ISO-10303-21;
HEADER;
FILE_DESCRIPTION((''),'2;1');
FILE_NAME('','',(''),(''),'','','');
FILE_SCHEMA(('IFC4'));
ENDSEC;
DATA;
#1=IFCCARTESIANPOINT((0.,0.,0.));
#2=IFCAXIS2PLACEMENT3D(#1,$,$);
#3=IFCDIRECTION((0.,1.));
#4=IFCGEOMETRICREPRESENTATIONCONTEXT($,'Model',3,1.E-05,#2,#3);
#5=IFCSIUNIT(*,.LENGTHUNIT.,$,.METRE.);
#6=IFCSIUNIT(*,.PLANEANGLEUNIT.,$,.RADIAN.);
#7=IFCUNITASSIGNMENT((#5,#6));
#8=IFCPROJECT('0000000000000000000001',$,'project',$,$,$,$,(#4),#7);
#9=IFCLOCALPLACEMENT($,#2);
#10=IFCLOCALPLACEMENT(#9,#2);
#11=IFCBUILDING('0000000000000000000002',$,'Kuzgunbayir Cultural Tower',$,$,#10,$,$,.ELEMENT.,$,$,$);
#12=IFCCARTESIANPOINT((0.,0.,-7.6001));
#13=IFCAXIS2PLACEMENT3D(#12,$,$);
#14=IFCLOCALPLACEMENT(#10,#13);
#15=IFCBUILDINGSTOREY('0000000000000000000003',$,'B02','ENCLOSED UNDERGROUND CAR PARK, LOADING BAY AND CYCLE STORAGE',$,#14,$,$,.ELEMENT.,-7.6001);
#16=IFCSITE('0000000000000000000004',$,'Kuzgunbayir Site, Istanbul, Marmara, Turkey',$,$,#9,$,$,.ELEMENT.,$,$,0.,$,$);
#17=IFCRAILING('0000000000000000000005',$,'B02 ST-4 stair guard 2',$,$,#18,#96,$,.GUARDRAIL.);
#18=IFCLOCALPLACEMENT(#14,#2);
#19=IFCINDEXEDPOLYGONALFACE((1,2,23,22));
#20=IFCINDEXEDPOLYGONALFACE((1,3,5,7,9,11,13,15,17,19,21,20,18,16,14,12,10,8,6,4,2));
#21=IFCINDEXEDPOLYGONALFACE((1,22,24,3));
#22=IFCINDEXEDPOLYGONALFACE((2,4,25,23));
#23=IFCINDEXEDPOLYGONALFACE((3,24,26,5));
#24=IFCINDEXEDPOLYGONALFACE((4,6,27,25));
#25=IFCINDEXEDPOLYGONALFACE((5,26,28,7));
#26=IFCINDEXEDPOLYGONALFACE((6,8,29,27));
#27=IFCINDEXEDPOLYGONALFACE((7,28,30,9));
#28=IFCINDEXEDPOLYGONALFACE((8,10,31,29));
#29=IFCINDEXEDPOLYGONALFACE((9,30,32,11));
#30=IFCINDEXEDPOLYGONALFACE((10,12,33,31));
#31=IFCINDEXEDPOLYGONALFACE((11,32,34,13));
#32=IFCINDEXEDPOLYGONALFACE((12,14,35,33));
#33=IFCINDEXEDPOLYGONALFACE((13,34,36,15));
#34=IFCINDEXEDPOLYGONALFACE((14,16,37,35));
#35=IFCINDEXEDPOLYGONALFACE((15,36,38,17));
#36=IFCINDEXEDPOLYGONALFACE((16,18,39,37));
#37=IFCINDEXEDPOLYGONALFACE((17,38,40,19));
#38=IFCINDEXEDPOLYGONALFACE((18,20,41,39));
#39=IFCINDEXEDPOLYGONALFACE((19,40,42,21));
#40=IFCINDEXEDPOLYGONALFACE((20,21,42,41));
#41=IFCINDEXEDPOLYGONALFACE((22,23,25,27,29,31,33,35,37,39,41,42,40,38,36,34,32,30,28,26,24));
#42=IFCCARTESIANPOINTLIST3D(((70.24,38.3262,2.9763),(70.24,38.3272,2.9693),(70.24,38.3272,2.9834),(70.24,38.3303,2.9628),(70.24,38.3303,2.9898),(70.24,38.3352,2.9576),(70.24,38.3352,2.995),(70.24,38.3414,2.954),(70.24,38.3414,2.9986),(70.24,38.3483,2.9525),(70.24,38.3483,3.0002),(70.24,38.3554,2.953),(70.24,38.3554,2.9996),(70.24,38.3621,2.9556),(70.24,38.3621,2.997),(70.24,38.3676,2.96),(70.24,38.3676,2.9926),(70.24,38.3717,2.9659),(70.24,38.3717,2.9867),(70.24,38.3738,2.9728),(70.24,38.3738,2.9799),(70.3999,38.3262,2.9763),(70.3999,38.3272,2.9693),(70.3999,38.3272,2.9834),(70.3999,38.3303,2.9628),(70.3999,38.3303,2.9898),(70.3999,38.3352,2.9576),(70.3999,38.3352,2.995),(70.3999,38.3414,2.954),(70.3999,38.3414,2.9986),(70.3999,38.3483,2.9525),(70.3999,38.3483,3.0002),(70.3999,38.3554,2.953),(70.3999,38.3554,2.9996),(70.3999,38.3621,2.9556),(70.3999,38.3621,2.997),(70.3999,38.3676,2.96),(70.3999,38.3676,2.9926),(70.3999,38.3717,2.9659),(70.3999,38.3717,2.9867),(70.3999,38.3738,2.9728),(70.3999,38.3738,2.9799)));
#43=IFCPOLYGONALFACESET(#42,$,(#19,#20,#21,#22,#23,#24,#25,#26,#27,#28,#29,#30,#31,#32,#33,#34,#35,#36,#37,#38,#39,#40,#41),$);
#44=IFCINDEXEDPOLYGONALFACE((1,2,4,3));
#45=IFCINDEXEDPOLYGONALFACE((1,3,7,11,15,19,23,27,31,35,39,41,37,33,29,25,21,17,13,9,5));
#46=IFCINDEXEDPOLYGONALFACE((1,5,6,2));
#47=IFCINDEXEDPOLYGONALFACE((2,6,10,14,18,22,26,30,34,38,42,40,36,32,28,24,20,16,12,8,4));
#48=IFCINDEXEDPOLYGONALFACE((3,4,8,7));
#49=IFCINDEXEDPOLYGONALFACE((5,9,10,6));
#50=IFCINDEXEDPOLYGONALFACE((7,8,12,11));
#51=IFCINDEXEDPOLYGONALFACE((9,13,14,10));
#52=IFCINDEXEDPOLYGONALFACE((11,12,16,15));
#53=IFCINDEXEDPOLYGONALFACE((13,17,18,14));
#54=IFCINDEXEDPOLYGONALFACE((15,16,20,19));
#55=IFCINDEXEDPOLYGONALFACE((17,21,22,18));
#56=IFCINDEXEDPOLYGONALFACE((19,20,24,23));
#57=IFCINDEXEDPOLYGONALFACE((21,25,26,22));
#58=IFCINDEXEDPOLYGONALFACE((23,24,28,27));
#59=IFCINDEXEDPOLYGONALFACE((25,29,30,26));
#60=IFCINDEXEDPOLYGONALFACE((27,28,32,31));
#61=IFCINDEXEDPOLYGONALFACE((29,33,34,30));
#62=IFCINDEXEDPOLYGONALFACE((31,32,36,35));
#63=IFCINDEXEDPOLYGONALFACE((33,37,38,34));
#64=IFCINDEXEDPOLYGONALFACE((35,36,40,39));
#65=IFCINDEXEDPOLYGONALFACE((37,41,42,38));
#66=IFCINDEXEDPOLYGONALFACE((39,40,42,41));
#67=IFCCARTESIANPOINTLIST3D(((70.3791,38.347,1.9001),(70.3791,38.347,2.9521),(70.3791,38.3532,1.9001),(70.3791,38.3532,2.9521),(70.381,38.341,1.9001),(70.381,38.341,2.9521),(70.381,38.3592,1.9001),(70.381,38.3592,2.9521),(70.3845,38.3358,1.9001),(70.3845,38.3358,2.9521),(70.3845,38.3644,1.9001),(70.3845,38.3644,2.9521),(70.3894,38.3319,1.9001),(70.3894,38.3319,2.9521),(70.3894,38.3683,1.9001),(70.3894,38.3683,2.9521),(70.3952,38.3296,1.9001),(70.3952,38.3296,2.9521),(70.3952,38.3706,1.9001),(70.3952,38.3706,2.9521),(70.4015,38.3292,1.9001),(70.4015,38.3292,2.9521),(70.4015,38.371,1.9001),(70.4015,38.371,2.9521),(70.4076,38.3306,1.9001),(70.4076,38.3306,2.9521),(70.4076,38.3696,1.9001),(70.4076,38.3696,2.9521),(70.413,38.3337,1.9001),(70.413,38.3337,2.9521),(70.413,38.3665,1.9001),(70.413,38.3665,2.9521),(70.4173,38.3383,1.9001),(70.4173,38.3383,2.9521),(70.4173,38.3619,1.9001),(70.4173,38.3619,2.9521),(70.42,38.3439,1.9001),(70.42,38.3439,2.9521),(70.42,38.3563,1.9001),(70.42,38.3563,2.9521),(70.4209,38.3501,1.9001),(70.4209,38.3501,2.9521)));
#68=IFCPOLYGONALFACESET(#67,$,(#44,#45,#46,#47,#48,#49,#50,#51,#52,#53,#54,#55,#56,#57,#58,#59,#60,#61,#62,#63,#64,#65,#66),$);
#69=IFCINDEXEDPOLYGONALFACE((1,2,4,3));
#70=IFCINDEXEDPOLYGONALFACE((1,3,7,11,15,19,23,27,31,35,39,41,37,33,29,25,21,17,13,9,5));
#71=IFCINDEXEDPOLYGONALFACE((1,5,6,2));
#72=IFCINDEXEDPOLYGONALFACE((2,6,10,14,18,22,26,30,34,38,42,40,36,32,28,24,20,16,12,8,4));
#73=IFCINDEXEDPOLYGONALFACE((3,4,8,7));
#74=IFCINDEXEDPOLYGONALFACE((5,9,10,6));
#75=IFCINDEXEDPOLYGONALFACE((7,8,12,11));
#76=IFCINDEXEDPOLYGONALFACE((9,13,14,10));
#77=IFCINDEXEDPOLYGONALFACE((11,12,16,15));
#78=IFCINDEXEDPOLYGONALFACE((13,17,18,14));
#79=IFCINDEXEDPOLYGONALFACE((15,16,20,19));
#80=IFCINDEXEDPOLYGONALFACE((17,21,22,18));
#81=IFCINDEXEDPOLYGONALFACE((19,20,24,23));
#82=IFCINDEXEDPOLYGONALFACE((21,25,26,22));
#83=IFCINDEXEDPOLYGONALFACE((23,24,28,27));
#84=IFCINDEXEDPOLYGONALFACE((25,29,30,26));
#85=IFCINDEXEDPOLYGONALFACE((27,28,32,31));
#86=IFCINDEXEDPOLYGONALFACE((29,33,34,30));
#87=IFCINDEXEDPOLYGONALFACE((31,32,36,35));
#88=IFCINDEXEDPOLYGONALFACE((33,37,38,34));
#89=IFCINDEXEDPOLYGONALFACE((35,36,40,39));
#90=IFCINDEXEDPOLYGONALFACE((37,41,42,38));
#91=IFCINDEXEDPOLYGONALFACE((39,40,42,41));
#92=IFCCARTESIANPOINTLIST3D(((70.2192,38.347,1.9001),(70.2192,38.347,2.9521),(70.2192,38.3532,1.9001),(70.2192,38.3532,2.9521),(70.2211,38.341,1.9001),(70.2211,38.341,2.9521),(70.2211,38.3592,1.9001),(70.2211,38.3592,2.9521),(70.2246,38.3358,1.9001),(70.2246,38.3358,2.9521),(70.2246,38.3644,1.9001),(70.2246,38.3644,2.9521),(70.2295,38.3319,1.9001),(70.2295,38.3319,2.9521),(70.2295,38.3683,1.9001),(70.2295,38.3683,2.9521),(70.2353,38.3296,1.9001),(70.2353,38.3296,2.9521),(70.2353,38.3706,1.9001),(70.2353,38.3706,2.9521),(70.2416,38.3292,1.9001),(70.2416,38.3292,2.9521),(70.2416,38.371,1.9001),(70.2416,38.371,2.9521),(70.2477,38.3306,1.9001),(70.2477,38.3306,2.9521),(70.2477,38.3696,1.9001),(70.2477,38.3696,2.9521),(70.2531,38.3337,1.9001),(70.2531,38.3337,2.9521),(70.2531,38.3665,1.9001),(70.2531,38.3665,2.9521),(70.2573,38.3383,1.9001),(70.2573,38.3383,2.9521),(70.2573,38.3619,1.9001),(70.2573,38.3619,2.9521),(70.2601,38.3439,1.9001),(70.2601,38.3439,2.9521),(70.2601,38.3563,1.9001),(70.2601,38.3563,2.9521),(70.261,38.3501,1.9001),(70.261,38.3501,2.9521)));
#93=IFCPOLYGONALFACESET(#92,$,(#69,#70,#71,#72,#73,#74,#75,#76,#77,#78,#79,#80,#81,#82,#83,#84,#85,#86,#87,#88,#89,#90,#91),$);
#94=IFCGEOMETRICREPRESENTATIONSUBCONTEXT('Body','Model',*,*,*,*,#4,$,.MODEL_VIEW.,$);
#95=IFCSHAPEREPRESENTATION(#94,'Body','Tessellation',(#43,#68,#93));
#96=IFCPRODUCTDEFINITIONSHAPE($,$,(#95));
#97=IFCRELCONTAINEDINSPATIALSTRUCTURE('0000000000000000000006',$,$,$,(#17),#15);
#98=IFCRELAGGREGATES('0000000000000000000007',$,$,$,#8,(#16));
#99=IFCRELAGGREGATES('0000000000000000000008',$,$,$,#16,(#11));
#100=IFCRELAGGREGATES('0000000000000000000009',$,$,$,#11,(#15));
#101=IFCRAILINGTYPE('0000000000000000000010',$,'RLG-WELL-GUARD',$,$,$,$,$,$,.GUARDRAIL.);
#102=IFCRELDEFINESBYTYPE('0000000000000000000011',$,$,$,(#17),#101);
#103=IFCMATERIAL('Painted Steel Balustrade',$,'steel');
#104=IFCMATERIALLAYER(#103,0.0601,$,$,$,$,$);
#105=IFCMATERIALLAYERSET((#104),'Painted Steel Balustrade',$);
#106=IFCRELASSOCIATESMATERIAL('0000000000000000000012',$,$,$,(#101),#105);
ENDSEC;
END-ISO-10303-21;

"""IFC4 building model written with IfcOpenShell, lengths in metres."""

from ifc_helpers import new_model, si_unit, direction, frame, origin, origin_2d, place, context, subcontext, project, spatial, circle, extrude, material, layer, layer_set, type_object, element, save


model = new_model("IFC4")

# Units and contexts
model_context = context("Model", 3, precision=1e-05, world=origin(), true_north=direction((0.0, 1.0)))
body_context = subcontext(model_context, "Body", "Model", "MODEL_VIEW")
ifc_project = project(units=[si_unit("LENGTHUNIT", "METRE"), si_unit("PLANEANGLEUNIT", "RADIAN")], contexts=[model_context])

# Site, building, storey
site_placement = place(None, origin())
site = spatial("IfcSite", under=ifc_project, at=site_placement, Name="Kuzgunbayir Site, Istanbul, Marmara, Turkey", CompositionType="ELEMENT", RefElevation=0.0)
building_placement = place(site_placement, origin())
building = spatial("IfcBuilding", under=site, at=building_placement, Name="Kuzgunbayir Cultural Tower", CompositionType="ELEMENT")
storey_placement = place(building_placement, frame((0.0, 0.0, -7.6001)))
storey = spatial("IfcBuildingStorey", under=building, at=storey_placement, Name="B02", Description="ENCLOSED UNDERGROUND CAR PARK, LOADING BAY AND CYCLE STORAGE", CompositionType="ELEMENT", Elevation=-7.6001)

# Railing
ifc_material_1 = material(Name="Painted Steel Balustrade", Category="steel")
ifc_layer_1 = layer(ifc_material_1, 0.0601)
ifc_layer_set_1 = layer_set([ifc_layer_1], Name="Painted Steel Balustrade")
railing_type_1 = type_object("IfcRailingType", Name="RLG-WELL-GUARD", PredefinedType="GUARDRAIL", material=ifc_layer_set_1)
railing_1_placement = place(storey_placement, frame((70.3999, 38.3501, 1.9001)))
element("IfcRailing", 1, at=railing_1_placement, inside=storey, type_object=railing_type_1, Name="B02 ST-4 stair guard 2", PredefinedType="GUARDRAIL", context=body_context, shape_type="SweptSolid", body=[
    extrude(circle(Radius=0.0239, at=origin_2d()), frame((0.0, 0.0, 1.0762), z_axis=(-1.0, 0.0, 0.0), x_axis=(0.0, -1.0, 0.0)), (0.0, 0.0, 1.0), 0.1599),
    extrude(circle(Radius=0.021, at=origin_2d()), origin(), (0.0, 0.0, 1.0), 1.052),
    extrude(circle(Radius=0.021, at=origin_2d()), frame((-0.1599, 0.0, 0.0)), (0.0, 0.0, 1.0), 1.052),
])

save(model, "model.ifc")
